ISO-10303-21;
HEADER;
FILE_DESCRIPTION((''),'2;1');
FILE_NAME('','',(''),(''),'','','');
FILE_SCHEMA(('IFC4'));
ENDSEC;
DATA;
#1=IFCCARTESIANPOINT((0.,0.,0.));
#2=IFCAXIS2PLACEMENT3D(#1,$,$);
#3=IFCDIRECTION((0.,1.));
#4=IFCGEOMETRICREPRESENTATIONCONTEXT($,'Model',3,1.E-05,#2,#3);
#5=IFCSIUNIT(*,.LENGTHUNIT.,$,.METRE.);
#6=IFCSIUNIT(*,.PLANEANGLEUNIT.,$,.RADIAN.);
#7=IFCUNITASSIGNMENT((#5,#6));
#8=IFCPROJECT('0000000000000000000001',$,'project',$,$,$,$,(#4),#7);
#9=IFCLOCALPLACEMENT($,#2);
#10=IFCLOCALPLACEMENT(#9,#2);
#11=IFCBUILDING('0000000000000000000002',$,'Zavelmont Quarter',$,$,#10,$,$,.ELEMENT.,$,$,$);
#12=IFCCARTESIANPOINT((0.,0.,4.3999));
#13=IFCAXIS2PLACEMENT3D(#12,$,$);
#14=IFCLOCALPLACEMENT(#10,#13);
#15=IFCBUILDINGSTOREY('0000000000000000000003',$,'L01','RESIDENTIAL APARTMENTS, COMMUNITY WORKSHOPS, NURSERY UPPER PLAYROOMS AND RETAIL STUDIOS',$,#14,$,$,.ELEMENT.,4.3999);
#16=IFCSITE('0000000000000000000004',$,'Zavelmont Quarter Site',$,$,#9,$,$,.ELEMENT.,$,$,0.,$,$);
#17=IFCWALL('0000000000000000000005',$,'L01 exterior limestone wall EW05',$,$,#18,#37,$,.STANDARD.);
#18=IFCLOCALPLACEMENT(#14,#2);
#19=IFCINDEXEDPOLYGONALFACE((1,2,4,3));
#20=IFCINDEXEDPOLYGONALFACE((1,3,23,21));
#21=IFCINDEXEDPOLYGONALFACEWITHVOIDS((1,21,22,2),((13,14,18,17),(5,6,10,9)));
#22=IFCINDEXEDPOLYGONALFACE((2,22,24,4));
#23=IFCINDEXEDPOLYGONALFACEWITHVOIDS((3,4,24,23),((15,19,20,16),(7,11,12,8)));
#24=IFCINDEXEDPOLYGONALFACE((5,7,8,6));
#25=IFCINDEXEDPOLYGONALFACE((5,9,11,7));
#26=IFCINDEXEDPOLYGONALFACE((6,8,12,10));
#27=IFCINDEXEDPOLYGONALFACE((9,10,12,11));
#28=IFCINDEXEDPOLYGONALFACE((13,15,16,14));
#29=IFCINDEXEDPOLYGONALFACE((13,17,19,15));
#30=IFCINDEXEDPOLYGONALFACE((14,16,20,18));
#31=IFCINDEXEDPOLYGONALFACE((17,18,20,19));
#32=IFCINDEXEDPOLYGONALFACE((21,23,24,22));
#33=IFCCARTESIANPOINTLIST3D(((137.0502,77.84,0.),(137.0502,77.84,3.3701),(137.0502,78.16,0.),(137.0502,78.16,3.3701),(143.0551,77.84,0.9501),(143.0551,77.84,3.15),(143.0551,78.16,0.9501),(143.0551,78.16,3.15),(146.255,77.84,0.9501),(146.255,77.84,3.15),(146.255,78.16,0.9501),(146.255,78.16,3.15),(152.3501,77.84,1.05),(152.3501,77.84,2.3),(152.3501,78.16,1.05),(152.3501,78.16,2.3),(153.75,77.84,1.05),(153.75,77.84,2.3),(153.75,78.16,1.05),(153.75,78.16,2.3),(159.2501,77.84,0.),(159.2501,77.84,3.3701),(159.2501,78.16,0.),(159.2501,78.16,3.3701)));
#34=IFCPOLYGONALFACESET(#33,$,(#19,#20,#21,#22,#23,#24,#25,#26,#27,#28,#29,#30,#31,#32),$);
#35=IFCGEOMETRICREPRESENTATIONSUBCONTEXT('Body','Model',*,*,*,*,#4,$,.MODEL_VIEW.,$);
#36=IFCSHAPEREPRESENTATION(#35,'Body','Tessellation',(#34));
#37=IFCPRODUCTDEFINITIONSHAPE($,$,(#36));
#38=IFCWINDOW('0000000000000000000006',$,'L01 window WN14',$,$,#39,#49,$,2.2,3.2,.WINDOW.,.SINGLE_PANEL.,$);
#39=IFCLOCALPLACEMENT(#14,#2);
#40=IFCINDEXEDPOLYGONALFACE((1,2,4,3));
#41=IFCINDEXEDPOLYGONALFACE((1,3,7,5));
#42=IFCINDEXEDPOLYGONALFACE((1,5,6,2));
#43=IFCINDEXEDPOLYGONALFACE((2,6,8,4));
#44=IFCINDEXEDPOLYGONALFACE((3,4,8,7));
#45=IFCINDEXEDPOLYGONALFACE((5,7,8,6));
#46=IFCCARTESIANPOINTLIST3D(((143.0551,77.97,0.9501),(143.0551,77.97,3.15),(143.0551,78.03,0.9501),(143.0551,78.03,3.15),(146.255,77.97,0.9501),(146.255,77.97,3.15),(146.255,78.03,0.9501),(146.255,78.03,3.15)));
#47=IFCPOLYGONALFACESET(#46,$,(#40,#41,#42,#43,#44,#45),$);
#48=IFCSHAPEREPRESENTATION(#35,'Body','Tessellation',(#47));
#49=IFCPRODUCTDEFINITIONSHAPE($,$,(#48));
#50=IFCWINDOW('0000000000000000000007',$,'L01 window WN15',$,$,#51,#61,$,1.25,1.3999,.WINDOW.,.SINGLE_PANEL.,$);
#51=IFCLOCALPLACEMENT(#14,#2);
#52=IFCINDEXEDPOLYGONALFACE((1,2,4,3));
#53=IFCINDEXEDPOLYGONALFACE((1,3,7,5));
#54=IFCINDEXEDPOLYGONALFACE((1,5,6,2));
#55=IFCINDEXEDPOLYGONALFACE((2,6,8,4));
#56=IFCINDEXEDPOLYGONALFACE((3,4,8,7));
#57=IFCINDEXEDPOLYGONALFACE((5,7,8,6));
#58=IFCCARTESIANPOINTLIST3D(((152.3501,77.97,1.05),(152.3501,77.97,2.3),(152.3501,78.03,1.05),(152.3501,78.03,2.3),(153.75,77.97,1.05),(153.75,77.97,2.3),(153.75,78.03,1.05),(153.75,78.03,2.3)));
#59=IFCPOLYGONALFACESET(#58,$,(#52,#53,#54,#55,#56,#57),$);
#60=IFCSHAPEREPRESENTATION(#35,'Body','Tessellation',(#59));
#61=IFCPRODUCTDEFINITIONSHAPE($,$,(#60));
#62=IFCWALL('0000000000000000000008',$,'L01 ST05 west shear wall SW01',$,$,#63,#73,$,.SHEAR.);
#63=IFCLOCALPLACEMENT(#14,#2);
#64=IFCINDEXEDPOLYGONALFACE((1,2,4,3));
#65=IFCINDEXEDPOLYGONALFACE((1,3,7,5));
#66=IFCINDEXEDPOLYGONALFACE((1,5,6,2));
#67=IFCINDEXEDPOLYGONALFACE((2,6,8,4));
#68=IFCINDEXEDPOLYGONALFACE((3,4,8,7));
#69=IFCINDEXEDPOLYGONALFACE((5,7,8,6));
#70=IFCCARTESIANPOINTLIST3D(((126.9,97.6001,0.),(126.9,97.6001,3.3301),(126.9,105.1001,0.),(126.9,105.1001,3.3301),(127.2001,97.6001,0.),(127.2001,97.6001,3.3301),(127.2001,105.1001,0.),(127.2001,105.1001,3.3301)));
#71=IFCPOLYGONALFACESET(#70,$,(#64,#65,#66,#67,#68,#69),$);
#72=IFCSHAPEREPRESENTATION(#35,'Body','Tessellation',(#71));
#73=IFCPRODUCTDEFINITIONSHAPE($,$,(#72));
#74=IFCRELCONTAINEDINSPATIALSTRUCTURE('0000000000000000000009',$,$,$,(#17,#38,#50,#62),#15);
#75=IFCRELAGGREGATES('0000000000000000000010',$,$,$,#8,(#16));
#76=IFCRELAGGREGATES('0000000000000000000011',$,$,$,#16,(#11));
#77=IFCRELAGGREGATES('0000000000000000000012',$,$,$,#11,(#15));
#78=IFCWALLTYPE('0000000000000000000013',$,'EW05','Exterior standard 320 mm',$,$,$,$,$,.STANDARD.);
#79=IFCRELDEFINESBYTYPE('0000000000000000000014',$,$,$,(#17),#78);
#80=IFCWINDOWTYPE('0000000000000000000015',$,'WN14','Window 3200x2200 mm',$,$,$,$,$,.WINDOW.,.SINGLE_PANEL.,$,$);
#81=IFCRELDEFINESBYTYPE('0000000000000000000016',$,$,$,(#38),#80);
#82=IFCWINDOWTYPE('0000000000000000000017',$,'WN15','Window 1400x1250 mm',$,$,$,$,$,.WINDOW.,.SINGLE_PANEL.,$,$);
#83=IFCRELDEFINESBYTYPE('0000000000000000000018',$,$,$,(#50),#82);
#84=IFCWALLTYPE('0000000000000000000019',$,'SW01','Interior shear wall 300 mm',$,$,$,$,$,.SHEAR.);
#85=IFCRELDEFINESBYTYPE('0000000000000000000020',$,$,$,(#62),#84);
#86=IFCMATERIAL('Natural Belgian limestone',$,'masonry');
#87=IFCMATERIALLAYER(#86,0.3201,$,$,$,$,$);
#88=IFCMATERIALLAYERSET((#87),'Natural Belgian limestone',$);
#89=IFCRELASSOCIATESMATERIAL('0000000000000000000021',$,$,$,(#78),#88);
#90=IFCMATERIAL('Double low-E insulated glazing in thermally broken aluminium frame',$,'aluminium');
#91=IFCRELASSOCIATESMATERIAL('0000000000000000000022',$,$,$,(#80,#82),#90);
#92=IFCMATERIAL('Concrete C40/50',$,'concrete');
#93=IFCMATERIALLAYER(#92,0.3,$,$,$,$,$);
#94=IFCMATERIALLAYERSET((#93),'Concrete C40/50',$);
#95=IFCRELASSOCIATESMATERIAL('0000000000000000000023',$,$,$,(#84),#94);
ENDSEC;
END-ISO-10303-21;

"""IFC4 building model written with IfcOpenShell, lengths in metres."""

from ifc_helpers import new_model, si_unit, direction, frame, frame_2d, origin, origin_with_axes, place, context, subcontext, project, spatial, rectangle, extrude, material, layer, layer_set, type_object, element, fill, save


model = new_model("IFC4")

# Units and contexts
model_context = context("Model", 3, precision=1e-05, world=origin(), true_north=direction((0.0, 1.0)))
body_context = subcontext(model_context, "Body", "Model", "MODEL_VIEW")
ifc_project = project(units=[si_unit("LENGTHUNIT", "METRE"), si_unit("PLANEANGLEUNIT", "RADIAN")], contexts=[model_context])

# Site, building, storey
site_placement = place(None, origin())
site = spatial("IfcSite", under=ifc_project, at=site_placement, Name="Zavelmont Quarter Site", CompositionType="ELEMENT", RefElevation=0.0)
building_placement = place(site_placement, origin())
building = spatial("IfcBuilding", under=site, at=building_placement, Name="Zavelmont Quarter", CompositionType="ELEMENT")
storey_placement = place(building_placement, frame((0.0, 0.0, 4.3999)))
storey = spatial("IfcBuildingStorey", under=building, at=storey_placement, Name="L01", Description="RESIDENTIAL APARTMENTS, COMMUNITY WORKSHOPS, NURSERY UPPER PLAYROOMS AND RETAIL STUDIOS", CompositionType="ELEMENT", Elevation=4.3999)

# Shared definitions
ifc_material_1 = material(Name="Natural Belgian limestone", Category="masonry")
ifc_material_2 = material(Name="Double low-E insulated glazing in thermally broken aluminium frame", Category="aluminium")

# Wall, openings, windows
ifc_layer_1 = layer(ifc_material_1, 0.3201)
ifc_layer_set_1 = layer_set([ifc_layer_1], Name="Natural Belgian limestone")
wall_type_1 = type_object("IfcWallType", Name="EW05", Description="Exterior standard 320 mm", PredefinedType="STANDARD", material=ifc_layer_set_1)
wall_1_placement = place(storey_placement, frame((137.05, 78.0, 0.0), z_axis=(0.0, 0.0, 1.0), x_axis=(1.0, 0.0, 0.0)))
wall_1 = element("IfcWall", 1, at=wall_1_placement, inside=storey, type_object=wall_type_1, Name="L01 exterior limestone wall EW05", PredefinedType="STANDARD", context=body_context, shape_type="SweptSolid", body=[
    extrude(rectangle(XDim=22.2, YDim=0.3201, at=frame_2d((11.1001, 0.0))), origin(), (0.0, 0.0, 1.0), 3.3701),
])
opening_1_placement = place(wall_1_placement, frame((6.0049, 0.0, 0.95)))
opening_1 = element("IfcOpeningElement", 2, at=opening_1_placement, cuts=wall_1, PredefinedType="OPENING", context=body_context, shape_type="SweptSolid", body=[
    extrude(rectangle(XDim=3.2, YDim=2.2, at=frame_2d((1.6001, 1.1001))), frame((0.0, 0.1719, 0.0), z_axis=(0.0, -1.0, 0.0), x_axis=(1.0, 0.0, 0.0)), (0.0, 0.0, 1.0), 0.344),
])
opening_2_placement = place(wall_1_placement, frame((15.3, 0.0, 1.05)))
opening_2 = element("IfcOpeningElement", 3, at=opening_2_placement, cuts=wall_1, PredefinedType="OPENING", context=body_context, shape_type="SweptSolid", body=[
    extrude(rectangle(XDim=1.3999, YDim=1.25, at=frame_2d((0.7, 0.625))), frame((0.0, 0.1719, 0.0), z_axis=(0.0, -1.0, 0.0), x_axis=(1.0, 0.0, 0.0)), (0.0, 0.0, 1.0), 0.344),
])
window_type_1 = type_object("IfcWindowType", Name="WN14", Description="Window 3200x2200 mm", PartitioningType="SINGLE_PANEL", PredefinedType="WINDOW", material=ifc_material_2)
window_1_placement = place(opening_1_placement, origin_with_axes())
window_1 = element("IfcWindow", 4, at=window_1_placement, inside=storey, type_object=window_type_1, Name="L01 window WN14", OverallHeight=2.2, OverallWidth=3.2, PartitioningType="SINGLE_PANEL", PredefinedType="WINDOW", context=body_context, shape_type="SweptSolid", body=[
    extrude(rectangle(XDim=3.2, YDim=2.2, at=frame_2d((1.6001, 1.1001))), frame((0.0, 0.03, 0.0), z_axis=(0.0, -1.0, 0.0), x_axis=(1.0, 0.0, 0.0)), (0.0, 0.0, 1.0), 0.0601),
])
fill(opening_1, window_1)
window_type_2 = type_object("IfcWindowType", Name="WN15", Description="Window 1400x1250 mm", PartitioningType="SINGLE_PANEL", PredefinedType="WINDOW", material=ifc_material_2)
window_2_placement = place(opening_2_placement, origin_with_axes())
window_2 = element("IfcWindow", 5, at=window_2_placement, inside=storey, type_object=window_type_2, Name="L01 window WN15", OverallHeight=1.25, OverallWidth=1.3999, PartitioningType="SINGLE_PANEL", PredefinedType="WINDOW", context=body_context, shape_type="SweptSolid", body=[
    extrude(rectangle(XDim=1.3999, YDim=1.25, at=frame_2d((0.7, 0.625))), frame((0.0, 0.03, 0.0), z_axis=(0.0, -1.0, 0.0), x_axis=(1.0, 0.0, 0.0)), (0.0, 0.0, 1.0), 0.0601),
])
fill(opening_2, window_2)

# Wall
ifc_material_3 = material(Name="Concrete C40/50", Category="concrete")
ifc_layer_2 = layer(ifc_material_3, 0.3)
ifc_layer_set_2 = layer_set([ifc_layer_2], Name="Concrete C40/50")
wall_type_2 = type_object("IfcWallType", Name="SW01", Description="Interior shear wall 300 mm", PredefinedType="SHEAR", material=ifc_layer_set_2)
wall_2_placement = place(storey_placement, frame((127.05, 97.6001, 0.0), z_axis=(0.0, 0.0, 1.0), x_axis=(0.0, 1.0, 0.0)))
element("IfcWall", 6, at=wall_2_placement, inside=storey, type_object=wall_type_2, Name="L01 ST05 west shear wall SW01", PredefinedType="SHEAR", context=body_context, shape_type="SweptSolid", body=[
    extrude(rectangle(XDim=7.5, YDim=0.3, at=frame_2d((3.75, 0.0))), origin(), (0.0, 0.0, 1.0), 3.3301),
])

save(model, "model.ifc")
